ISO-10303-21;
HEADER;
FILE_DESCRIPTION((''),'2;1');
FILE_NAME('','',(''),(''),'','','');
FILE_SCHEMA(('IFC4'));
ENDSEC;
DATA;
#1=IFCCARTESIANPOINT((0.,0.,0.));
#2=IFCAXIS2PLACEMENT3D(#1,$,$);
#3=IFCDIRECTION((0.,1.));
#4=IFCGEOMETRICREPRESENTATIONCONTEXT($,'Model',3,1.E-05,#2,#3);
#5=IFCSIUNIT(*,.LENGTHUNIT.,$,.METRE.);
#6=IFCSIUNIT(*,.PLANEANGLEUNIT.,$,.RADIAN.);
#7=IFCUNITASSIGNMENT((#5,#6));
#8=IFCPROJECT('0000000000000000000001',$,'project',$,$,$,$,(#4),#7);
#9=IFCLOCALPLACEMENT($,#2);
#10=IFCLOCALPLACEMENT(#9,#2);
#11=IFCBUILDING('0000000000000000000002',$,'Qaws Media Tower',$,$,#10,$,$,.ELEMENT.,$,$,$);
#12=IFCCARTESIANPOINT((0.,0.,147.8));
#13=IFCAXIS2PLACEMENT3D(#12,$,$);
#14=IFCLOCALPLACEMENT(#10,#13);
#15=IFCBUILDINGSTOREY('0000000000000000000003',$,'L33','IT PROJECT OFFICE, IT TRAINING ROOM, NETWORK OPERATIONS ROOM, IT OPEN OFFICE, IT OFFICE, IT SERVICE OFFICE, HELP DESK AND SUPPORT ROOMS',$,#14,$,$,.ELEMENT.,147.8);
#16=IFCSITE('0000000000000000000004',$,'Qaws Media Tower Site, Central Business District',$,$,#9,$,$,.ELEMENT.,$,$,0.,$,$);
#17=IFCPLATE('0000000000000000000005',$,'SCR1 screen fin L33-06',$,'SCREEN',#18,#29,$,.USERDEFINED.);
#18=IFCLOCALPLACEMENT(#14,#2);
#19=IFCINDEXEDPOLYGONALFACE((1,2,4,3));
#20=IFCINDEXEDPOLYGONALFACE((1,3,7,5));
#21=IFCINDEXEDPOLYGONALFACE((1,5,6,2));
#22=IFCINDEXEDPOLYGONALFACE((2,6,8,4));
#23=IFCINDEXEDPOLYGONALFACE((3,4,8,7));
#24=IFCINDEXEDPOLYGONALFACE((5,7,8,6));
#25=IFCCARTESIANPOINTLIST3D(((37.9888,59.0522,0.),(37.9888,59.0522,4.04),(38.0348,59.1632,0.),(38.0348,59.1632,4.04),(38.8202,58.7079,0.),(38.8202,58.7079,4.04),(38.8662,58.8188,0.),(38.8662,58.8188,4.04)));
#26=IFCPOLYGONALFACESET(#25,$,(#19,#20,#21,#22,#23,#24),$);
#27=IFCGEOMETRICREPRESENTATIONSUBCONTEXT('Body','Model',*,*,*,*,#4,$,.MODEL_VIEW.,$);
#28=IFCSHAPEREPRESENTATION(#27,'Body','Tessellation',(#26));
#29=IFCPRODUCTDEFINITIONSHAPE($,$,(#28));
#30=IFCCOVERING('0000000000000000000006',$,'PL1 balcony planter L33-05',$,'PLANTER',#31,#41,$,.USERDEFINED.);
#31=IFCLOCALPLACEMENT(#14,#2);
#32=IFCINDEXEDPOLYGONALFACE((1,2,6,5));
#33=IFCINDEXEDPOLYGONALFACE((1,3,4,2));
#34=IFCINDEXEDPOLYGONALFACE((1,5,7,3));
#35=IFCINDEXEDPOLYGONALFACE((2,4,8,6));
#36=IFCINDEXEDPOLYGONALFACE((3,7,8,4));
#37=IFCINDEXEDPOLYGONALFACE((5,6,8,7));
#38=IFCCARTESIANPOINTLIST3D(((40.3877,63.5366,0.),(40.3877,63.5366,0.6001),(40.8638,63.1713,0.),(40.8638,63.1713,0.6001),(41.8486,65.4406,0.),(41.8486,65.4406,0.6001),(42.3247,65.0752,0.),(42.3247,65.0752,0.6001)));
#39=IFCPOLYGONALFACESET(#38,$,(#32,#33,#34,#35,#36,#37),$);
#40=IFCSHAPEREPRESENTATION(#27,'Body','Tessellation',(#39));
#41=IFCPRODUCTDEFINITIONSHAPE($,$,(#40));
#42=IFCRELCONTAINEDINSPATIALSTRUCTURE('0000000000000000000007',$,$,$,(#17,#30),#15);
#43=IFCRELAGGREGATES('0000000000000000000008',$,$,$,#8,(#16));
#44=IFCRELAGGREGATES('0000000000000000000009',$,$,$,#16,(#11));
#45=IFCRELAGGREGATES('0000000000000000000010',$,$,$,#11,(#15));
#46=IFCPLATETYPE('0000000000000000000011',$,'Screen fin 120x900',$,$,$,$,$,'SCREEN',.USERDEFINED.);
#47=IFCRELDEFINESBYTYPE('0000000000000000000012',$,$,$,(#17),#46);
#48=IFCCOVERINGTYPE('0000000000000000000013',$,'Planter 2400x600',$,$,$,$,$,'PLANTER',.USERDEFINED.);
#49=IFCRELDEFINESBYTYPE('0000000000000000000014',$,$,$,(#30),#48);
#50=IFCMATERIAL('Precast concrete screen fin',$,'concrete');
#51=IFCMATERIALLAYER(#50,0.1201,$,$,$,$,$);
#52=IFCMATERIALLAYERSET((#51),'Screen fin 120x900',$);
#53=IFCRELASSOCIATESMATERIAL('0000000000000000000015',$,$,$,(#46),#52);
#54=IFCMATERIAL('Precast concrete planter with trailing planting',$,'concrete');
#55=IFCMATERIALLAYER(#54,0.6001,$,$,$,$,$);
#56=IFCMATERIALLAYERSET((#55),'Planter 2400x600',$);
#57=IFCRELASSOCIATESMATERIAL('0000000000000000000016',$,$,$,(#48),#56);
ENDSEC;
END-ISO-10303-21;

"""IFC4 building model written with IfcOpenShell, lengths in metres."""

from ifc_helpers import new_model, si_unit, direction, frame, origin, origin_2d, place, context, subcontext, project, spatial, rectangle, extrude, material, layer, layer_set, type_object, element, save


model = new_model("IFC4")

# Units and contexts
model_context = context("Model", 3, precision=1e-05, world=origin(), true_north=direction((0.0, 1.0)))
body_context = subcontext(model_context, "Body", "Model", "MODEL_VIEW")
ifc_project = project(units=[si_unit("LENGTHUNIT", "METRE"), si_unit("PLANEANGLEUNIT", "RADIAN")], contexts=[model_context])

# Site, building, storey
site_placement = place(None, origin())
site = spatial("IfcSite", under=ifc_project, at=site_placement, Name="Qaws Media Tower Site, Central Business District", CompositionType="ELEMENT", RefElevation=0.0)
building_placement = place(site_placement, origin())
building = spatial("IfcBuilding", under=site, at=building_placement, Name="Qaws Media Tower", CompositionType="ELEMENT")
storey_placement = place(building_placement, frame((0.0, 0.0, 147.8)))
storey = spatial("IfcBuildingStorey", under=building, at=storey_placement, Name="L33", Description="IT PROJECT OFFICE, IT TRAINING ROOM, NETWORK OPERATIONS ROOM, IT OPEN OFFICE, IT OFFICE, IT SERVICE OFFICE, HELP DESK AND SUPPORT ROOMS", CompositionType="ELEMENT", Elevation=147.8)

# Plate
ifc_material_1 = material(Name="Precast concrete screen fin", Category="concrete")
ifc_layer_1 = layer(ifc_material_1, 0.1201)
ifc_layer_set_1 = layer_set([ifc_layer_1], Name="Screen fin 120x900")
plate_type_1 = type_object("IfcPlateType", Name="Screen fin 120x900", ElementType="SCREEN", PredefinedType="USERDEFINED", material=ifc_layer_set_1)
plate_1_placement = place(storey_placement, frame((38.4275, 58.9355, 0.0), z_axis=(0.0, 0.0, 1.0), x_axis=(-0.92388, 0.382683, 0.0)))
element("IfcPlate", 1, at=plate_1_placement, inside=storey, type_object=plate_type_1, Name="SCR1 screen fin L33-06", ObjectType="SCREEN", PredefinedType="USERDEFINED", context=body_context, shape_type="SweptSolid", body=[
    extrude(rectangle(XDim=0.8999, YDim=0.1201, at=origin_2d()), origin(), (0.0, 0.0, 1.0), 4.04),
])

# Covering
ifc_material_2 = material(Name="Precast concrete planter with trailing planting", Category="concrete")
ifc_layer_2 = layer(ifc_material_2, 0.6001)
ifc_layer_set_2 = layer_set([ifc_layer_2], Name="Planter 2400x600")
covering_type = type_object("IfcCoveringType", Name="Planter 2400x600", ElementType="PLANTER", PredefinedType="USERDEFINED", material=ifc_layer_set_2)
covering_placement = place(storey_placement, frame((41.3562, 64.3059, 0.0), z_axis=(0.0, 0.0, 1.0), x_axis=(-0.608761, -0.793353, 0.0)))
element("IfcCovering", 2, at=covering_placement, inside=storey, type_object=covering_type, Name="PL1 balcony planter L33-05", ObjectType="PLANTER", PredefinedType="USERDEFINED", context=body_context, shape_type="SweptSolid", body=[
    extrude(rectangle(XDim=2.3999, YDim=0.6001, at=origin_2d()), origin(), (0.0, 0.0, 1.0), 0.6001),
])

save(model, "model.ifc")
